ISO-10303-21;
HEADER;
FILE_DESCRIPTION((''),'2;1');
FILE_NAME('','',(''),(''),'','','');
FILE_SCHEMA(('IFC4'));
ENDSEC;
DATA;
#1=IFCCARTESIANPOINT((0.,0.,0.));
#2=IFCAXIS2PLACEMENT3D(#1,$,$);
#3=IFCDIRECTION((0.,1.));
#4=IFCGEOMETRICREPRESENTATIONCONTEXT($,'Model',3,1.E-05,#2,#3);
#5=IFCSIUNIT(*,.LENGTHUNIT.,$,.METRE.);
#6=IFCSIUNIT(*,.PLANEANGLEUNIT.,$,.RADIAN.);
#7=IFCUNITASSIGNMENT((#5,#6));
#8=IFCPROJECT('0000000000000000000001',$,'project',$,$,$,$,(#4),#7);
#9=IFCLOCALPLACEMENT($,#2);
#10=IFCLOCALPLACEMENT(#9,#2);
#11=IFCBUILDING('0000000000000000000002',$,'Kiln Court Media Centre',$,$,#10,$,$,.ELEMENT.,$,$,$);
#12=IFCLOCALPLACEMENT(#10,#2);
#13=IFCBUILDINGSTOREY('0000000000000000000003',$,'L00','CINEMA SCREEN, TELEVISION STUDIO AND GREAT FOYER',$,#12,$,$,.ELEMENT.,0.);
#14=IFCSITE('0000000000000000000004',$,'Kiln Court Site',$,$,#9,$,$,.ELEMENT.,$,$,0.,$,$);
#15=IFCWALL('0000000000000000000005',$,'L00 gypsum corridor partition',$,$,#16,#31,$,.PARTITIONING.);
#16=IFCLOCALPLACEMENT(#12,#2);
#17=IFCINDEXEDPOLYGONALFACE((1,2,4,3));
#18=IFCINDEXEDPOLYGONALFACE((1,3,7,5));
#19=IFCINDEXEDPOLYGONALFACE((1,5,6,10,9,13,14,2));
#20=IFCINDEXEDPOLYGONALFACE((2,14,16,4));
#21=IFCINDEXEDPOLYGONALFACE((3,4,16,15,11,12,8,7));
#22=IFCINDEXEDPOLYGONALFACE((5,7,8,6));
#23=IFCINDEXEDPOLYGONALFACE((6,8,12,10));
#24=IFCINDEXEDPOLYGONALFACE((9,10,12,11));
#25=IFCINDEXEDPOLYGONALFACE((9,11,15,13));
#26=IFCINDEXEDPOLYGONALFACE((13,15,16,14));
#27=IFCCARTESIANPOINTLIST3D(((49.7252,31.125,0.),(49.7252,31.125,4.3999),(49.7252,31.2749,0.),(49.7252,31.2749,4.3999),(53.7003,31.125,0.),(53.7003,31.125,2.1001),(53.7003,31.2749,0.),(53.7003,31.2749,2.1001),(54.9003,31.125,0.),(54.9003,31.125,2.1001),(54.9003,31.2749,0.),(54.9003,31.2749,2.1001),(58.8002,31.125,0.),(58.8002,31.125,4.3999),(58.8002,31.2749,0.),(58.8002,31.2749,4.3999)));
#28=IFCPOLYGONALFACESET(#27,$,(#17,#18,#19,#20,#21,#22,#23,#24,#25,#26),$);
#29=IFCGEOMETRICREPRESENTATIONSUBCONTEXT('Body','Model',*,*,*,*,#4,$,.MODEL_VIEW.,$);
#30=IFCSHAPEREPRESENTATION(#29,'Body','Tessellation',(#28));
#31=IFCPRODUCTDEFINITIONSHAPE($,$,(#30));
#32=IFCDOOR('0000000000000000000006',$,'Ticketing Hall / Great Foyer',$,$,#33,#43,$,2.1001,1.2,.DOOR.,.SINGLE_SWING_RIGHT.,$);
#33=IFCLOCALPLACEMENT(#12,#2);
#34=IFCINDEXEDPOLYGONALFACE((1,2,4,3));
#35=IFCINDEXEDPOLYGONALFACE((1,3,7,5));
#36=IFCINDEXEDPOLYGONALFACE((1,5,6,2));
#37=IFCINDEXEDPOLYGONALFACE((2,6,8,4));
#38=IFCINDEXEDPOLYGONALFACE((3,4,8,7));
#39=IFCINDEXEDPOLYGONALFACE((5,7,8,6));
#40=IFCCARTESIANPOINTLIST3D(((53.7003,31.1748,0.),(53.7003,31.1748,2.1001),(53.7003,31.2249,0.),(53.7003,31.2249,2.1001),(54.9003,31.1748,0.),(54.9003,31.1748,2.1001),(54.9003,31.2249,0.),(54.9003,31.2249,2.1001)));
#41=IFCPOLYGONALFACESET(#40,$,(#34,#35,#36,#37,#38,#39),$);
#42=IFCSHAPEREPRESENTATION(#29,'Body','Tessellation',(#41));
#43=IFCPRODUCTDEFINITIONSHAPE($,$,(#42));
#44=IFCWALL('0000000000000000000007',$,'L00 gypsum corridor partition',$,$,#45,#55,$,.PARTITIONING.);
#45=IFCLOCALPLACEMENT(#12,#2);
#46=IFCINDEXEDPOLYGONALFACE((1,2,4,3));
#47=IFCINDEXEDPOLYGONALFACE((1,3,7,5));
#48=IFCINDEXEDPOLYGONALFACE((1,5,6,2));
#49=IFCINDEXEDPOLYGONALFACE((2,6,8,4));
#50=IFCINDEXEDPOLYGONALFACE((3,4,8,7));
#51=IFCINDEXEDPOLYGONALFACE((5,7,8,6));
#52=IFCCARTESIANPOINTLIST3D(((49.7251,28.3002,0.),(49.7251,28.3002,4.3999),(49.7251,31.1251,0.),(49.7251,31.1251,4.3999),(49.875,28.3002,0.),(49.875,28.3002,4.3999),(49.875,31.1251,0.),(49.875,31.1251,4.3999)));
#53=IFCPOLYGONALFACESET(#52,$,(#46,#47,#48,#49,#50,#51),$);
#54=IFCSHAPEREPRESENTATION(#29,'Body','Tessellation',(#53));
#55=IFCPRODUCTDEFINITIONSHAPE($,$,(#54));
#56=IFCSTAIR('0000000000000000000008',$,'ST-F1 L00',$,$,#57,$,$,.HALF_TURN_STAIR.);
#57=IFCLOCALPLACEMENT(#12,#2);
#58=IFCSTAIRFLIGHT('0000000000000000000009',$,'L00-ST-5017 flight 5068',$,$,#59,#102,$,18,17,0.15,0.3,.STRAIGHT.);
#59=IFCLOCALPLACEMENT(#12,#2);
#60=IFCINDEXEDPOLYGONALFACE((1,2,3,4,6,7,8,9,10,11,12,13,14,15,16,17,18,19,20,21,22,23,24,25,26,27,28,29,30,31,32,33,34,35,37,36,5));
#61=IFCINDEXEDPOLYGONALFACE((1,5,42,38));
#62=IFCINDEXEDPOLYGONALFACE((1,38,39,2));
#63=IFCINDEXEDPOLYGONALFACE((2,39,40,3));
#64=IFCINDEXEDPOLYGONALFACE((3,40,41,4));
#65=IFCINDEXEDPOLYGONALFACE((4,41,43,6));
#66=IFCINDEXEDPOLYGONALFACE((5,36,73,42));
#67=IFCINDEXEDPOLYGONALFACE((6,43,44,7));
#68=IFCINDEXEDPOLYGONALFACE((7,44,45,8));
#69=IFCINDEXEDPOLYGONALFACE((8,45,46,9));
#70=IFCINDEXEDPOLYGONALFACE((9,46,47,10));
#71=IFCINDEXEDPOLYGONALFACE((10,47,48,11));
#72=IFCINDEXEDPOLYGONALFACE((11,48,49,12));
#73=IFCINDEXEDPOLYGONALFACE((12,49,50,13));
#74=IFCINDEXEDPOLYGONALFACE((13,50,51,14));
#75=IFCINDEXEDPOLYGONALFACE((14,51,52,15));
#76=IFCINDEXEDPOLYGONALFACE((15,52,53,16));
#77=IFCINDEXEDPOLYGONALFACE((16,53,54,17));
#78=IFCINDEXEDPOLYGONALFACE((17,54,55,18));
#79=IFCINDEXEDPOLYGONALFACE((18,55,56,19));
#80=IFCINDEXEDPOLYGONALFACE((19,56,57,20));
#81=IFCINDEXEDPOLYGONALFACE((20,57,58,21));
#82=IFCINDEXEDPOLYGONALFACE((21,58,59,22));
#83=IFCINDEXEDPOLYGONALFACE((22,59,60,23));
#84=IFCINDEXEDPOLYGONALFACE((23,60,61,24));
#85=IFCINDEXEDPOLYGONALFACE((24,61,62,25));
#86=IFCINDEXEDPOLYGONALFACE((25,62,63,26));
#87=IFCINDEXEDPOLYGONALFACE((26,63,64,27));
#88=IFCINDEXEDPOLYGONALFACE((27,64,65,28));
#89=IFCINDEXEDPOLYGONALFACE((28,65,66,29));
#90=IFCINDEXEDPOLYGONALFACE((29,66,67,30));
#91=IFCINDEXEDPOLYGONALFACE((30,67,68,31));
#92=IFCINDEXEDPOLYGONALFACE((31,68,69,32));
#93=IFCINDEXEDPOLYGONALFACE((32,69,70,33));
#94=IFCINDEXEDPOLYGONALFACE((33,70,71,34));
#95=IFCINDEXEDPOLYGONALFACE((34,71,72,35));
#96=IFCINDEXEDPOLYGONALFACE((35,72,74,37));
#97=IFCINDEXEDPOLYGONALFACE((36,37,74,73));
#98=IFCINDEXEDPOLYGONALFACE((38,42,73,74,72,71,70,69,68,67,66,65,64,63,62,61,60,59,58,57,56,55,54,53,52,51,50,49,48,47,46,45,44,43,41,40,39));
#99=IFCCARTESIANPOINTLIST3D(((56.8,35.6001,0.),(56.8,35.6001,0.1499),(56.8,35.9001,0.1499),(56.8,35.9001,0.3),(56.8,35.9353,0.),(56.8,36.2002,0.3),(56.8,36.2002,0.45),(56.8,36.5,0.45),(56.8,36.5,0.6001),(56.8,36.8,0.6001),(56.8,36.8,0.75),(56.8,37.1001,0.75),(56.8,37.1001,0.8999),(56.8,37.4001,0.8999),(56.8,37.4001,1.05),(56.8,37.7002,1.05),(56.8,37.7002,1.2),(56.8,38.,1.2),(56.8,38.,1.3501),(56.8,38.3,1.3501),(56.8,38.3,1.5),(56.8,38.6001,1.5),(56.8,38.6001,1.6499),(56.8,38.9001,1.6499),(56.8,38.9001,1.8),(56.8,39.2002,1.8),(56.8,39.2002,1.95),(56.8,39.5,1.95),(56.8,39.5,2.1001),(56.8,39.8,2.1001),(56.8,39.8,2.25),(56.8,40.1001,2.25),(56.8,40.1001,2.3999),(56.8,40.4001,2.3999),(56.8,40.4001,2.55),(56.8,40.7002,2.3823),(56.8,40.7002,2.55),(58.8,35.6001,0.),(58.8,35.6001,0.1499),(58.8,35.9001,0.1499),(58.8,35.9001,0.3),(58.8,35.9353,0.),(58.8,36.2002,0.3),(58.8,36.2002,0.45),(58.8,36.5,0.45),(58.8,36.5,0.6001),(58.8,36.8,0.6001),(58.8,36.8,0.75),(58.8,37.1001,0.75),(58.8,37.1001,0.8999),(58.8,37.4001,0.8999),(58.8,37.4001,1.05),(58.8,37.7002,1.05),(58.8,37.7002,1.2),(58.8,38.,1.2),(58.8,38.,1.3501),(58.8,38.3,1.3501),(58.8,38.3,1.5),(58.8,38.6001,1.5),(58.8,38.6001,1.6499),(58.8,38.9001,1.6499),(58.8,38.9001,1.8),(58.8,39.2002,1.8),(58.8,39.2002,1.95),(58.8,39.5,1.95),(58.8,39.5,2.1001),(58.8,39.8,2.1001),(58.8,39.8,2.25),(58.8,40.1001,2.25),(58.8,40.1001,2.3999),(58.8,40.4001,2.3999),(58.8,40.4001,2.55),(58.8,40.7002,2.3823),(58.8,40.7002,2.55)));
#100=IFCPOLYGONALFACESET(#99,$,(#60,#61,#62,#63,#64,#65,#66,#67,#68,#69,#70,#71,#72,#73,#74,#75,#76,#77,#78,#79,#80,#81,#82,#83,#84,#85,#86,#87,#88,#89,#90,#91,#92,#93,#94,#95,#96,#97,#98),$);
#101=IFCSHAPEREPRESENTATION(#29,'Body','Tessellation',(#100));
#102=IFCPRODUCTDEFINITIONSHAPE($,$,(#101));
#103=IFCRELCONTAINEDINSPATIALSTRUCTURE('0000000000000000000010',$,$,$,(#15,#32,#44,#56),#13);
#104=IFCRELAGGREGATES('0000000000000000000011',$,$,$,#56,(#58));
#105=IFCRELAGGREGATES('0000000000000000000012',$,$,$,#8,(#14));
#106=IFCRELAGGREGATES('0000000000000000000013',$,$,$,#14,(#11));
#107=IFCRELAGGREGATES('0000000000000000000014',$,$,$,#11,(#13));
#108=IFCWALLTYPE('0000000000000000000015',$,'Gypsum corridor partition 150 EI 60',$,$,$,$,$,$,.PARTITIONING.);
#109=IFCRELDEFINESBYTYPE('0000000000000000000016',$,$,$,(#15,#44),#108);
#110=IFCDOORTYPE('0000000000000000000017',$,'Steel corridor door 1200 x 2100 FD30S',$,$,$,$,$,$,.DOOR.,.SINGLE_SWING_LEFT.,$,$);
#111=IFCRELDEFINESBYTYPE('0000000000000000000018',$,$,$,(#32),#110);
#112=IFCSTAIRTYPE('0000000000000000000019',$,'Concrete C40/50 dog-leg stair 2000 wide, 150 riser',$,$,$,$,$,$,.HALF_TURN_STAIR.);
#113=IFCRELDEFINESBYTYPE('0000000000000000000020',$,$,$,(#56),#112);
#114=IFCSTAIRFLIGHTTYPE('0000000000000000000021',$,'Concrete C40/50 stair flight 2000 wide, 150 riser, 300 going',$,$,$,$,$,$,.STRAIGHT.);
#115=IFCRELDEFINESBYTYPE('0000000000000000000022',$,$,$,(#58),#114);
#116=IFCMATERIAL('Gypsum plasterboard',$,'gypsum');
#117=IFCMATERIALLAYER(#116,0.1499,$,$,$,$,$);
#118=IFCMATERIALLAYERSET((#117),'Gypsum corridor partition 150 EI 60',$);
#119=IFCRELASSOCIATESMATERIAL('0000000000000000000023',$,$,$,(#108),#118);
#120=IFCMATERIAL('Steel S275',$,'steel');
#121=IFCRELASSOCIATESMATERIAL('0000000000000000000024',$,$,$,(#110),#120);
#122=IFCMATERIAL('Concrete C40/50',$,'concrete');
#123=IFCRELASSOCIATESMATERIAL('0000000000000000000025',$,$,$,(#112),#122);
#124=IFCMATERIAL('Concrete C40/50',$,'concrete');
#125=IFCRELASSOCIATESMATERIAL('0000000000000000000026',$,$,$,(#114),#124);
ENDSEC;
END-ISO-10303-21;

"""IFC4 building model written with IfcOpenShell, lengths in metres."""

from ifc_helpers import new_model, si_unit, direction, frame, frame_2d, origin, place, context, subcontext, project, spatial, polyline, rectangle, outline, extrude, material, layer, layer_set, type_object, element, fill, aggregate, save


model = new_model("IFC4")

# Units and contexts
model_context = context("Model", 3, precision=1e-05, world=origin(), true_north=direction((0.0, 1.0)))
body_context = subcontext(model_context, "Body", "Model", "MODEL_VIEW")
ifc_project = project(units=[si_unit("LENGTHUNIT", "METRE"), si_unit("PLANEANGLEUNIT", "RADIAN")], contexts=[model_context])

# Site, building, storey
site_placement = place(None, origin())
site = spatial("IfcSite", under=ifc_project, at=site_placement, Name="Kiln Court Site", CompositionType="ELEMENT", RefElevation=0.0)
building_placement = place(site_placement, origin())
building = spatial("IfcBuilding", under=site, at=building_placement, Name="Kiln Court Media Centre", CompositionType="ELEMENT")
storey_placement = place(building_placement, origin())
storey = spatial("IfcBuildingStorey", under=building, at=storey_placement, Name="L00", Description="CINEMA SCREEN, TELEVISION STUDIO AND GREAT FOYER", CompositionType="ELEMENT", Elevation=0.0)

# Wall, opening, door
ifc_material_1 = material(Name="Gypsum plasterboard", Category="gypsum")
ifc_layer = layer(ifc_material_1, 0.1499)
ifc_layer_set = layer_set([ifc_layer], Name="Gypsum corridor partition 150 EI 60")
wall_type = type_object("IfcWallType", Name="Gypsum corridor partition 150 EI 60", PredefinedType="PARTITIONING", material=ifc_layer_set)
wall_1_placement = place(storey_placement, frame((49.7251, 31.2, 0.0), z_axis=(0.0, 0.0, 1.0), x_axis=(1.0, 0.0, 0.0)))
wall_1 = element("IfcWall", 1, at=wall_1_placement, inside=storey, type_object=wall_type, Name="L00 gypsum corridor partition", PredefinedType="PARTITIONING", context=body_context, shape_type="SweptSolid", body=[
    extrude(rectangle(XDim=9.075, YDim=0.1499, at=frame_2d((4.5376, 0.0))), origin(), (0.0, 0.0, 1.0), 4.3999),
])
opening_placement = place(wall_1_placement, frame((3.9751, 0.0, 0.0)))
opening = element("IfcOpeningElement", 2, at=opening_placement, cuts=wall_1, PredefinedType="OPENING", context=body_context, shape_type="SweptSolid", body=[
    extrude(rectangle(XDim=1.2, YDim=2.1001, at=frame_2d((0.6001, 1.05))), frame((0.0, 0.085, 0.0), z_axis=(0.0, -1.0, 0.0), x_axis=(1.0, 0.0, 0.0)), (0.0, 0.0, 1.0), 0.1699),
])
ifc_material_2 = material(Name="Steel S275", Category="steel")
door_type = type_object("IfcDoorType", Name="Steel corridor door 1200 x 2100 FD30S", OperationType="SINGLE_SWING_LEFT", PredefinedType="DOOR", material=ifc_material_2)
door_placement = place(opening_placement, origin())
door = element("IfcDoor", 3, at=door_placement, inside=storey, type_object=door_type, Name="Ticketing Hall / Great Foyer", OperationType="SINGLE_SWING_RIGHT", OverallHeight=2.1001, OverallWidth=1.2, PredefinedType="DOOR", context=body_context, shape_type="SweptSolid", body=[
    extrude(rectangle(XDim=1.2, YDim=2.1001, at=frame_2d((0.6001, 1.05))), frame((0.0, 0.0249, 0.0), z_axis=(0.0, -1.0, 0.0), x_axis=(1.0, 0.0, 0.0)), (0.0, 0.0, 1.0), 0.05),
])
fill(opening, door)

# Wall
wall_2_placement = place(storey_placement, frame((49.8, 28.3, 0.0), z_axis=(0.0, 0.0, 1.0), x_axis=(0.0, 1.0, 0.0)))
element("IfcWall", 4, at=wall_2_placement, inside=storey, type_object=wall_type, Name="L00 gypsum corridor partition", PredefinedType="PARTITIONING", context=body_context, shape_type="SweptSolid", body=[
    extrude(rectangle(XDim=2.825, YDim=0.1499, at=frame_2d((1.4126, 0.0))), origin(), (0.0, 0.0, 1.0), 4.3999),
])

# Stair, stair flight
ifc_material_3 = material(Name="Concrete C40/50", Category="concrete")
stair_type = type_object("IfcStairType", Name="Concrete C40/50 dog-leg stair 2000 wide, 150 riser", PredefinedType="HALF_TURN_STAIR", material=ifc_material_3)
stair_placement = place(storey_placement, origin())
stair = element("IfcStair", 5, at=stair_placement, inside=storey, type_object=stair_type, Name="ST-F1 L00", PredefinedType="HALF_TURN_STAIR")
ifc_material_4 = material(Name="Concrete C40/50", Category="concrete")
stair_flight_type = type_object("IfcStairFlightType", Name="Concrete C40/50 stair flight 2000 wide, 150 riser, 300 going", PredefinedType="STRAIGHT", material=ifc_material_4)
stair_flight_placement = place(storey_placement, frame((57.8, 35.6001, 0.0), z_axis=(0.0, 0.0, 1.0), x_axis=(0.0, 1.0, 0.0)))
stair_flight = element("IfcStairFlight", 6, at=stair_flight_placement, type_object=stair_flight_type, Name="L00-ST-5017 flight 5068", NumberOfRisers=18, NumberOfTreads=17, PredefinedType="STRAIGHT", RiserHeight=0.15, TreadLength=0.3, context=body_context, shape_type="SweptSolid", body=[
    extrude(outline(polyline([(0.0, 0.0), (0.0, 0.1499), (0.3, 0.1499), (0.3, 0.3), (0.6001, 0.3), (0.6001, 0.45), (0.8999, 0.45), (0.8999, 0.6001), (1.2, 0.6001), (1.2, 0.75), (1.5, 0.75), (1.5, 0.8999), (1.8, 0.8999), (1.8, 1.05), (2.1001, 1.05), (2.1001, 1.2), (2.3999, 1.2), (2.3999, 1.3501), (2.7, 1.3501), (2.7, 1.5), (3.0, 1.5), (3.0, 1.6499), (3.3, 1.6499), (3.3, 1.8), (3.6001, 1.8), (3.6001, 1.95), (3.8999, 1.95), (3.8999, 2.1001), (4.2, 2.1001), (4.2, 2.25), (4.5, 2.25), (4.5, 2.3999), (4.8, 2.3999), (4.8, 2.55), (5.1001, 2.55), (5.1001, 2.7), (5.1001, 2.3823), (0.3352, 0.0), (0.0, 0.0)])), frame((0.0, 1.0, 0.0), z_axis=(0.0, -1.0, 0.0), x_axis=(1.0, 0.0, 0.0)), (0.0, 0.0, 1.0), 2.0),
])
aggregate(stair, [stair_flight])

save(model, "model.ifc")
